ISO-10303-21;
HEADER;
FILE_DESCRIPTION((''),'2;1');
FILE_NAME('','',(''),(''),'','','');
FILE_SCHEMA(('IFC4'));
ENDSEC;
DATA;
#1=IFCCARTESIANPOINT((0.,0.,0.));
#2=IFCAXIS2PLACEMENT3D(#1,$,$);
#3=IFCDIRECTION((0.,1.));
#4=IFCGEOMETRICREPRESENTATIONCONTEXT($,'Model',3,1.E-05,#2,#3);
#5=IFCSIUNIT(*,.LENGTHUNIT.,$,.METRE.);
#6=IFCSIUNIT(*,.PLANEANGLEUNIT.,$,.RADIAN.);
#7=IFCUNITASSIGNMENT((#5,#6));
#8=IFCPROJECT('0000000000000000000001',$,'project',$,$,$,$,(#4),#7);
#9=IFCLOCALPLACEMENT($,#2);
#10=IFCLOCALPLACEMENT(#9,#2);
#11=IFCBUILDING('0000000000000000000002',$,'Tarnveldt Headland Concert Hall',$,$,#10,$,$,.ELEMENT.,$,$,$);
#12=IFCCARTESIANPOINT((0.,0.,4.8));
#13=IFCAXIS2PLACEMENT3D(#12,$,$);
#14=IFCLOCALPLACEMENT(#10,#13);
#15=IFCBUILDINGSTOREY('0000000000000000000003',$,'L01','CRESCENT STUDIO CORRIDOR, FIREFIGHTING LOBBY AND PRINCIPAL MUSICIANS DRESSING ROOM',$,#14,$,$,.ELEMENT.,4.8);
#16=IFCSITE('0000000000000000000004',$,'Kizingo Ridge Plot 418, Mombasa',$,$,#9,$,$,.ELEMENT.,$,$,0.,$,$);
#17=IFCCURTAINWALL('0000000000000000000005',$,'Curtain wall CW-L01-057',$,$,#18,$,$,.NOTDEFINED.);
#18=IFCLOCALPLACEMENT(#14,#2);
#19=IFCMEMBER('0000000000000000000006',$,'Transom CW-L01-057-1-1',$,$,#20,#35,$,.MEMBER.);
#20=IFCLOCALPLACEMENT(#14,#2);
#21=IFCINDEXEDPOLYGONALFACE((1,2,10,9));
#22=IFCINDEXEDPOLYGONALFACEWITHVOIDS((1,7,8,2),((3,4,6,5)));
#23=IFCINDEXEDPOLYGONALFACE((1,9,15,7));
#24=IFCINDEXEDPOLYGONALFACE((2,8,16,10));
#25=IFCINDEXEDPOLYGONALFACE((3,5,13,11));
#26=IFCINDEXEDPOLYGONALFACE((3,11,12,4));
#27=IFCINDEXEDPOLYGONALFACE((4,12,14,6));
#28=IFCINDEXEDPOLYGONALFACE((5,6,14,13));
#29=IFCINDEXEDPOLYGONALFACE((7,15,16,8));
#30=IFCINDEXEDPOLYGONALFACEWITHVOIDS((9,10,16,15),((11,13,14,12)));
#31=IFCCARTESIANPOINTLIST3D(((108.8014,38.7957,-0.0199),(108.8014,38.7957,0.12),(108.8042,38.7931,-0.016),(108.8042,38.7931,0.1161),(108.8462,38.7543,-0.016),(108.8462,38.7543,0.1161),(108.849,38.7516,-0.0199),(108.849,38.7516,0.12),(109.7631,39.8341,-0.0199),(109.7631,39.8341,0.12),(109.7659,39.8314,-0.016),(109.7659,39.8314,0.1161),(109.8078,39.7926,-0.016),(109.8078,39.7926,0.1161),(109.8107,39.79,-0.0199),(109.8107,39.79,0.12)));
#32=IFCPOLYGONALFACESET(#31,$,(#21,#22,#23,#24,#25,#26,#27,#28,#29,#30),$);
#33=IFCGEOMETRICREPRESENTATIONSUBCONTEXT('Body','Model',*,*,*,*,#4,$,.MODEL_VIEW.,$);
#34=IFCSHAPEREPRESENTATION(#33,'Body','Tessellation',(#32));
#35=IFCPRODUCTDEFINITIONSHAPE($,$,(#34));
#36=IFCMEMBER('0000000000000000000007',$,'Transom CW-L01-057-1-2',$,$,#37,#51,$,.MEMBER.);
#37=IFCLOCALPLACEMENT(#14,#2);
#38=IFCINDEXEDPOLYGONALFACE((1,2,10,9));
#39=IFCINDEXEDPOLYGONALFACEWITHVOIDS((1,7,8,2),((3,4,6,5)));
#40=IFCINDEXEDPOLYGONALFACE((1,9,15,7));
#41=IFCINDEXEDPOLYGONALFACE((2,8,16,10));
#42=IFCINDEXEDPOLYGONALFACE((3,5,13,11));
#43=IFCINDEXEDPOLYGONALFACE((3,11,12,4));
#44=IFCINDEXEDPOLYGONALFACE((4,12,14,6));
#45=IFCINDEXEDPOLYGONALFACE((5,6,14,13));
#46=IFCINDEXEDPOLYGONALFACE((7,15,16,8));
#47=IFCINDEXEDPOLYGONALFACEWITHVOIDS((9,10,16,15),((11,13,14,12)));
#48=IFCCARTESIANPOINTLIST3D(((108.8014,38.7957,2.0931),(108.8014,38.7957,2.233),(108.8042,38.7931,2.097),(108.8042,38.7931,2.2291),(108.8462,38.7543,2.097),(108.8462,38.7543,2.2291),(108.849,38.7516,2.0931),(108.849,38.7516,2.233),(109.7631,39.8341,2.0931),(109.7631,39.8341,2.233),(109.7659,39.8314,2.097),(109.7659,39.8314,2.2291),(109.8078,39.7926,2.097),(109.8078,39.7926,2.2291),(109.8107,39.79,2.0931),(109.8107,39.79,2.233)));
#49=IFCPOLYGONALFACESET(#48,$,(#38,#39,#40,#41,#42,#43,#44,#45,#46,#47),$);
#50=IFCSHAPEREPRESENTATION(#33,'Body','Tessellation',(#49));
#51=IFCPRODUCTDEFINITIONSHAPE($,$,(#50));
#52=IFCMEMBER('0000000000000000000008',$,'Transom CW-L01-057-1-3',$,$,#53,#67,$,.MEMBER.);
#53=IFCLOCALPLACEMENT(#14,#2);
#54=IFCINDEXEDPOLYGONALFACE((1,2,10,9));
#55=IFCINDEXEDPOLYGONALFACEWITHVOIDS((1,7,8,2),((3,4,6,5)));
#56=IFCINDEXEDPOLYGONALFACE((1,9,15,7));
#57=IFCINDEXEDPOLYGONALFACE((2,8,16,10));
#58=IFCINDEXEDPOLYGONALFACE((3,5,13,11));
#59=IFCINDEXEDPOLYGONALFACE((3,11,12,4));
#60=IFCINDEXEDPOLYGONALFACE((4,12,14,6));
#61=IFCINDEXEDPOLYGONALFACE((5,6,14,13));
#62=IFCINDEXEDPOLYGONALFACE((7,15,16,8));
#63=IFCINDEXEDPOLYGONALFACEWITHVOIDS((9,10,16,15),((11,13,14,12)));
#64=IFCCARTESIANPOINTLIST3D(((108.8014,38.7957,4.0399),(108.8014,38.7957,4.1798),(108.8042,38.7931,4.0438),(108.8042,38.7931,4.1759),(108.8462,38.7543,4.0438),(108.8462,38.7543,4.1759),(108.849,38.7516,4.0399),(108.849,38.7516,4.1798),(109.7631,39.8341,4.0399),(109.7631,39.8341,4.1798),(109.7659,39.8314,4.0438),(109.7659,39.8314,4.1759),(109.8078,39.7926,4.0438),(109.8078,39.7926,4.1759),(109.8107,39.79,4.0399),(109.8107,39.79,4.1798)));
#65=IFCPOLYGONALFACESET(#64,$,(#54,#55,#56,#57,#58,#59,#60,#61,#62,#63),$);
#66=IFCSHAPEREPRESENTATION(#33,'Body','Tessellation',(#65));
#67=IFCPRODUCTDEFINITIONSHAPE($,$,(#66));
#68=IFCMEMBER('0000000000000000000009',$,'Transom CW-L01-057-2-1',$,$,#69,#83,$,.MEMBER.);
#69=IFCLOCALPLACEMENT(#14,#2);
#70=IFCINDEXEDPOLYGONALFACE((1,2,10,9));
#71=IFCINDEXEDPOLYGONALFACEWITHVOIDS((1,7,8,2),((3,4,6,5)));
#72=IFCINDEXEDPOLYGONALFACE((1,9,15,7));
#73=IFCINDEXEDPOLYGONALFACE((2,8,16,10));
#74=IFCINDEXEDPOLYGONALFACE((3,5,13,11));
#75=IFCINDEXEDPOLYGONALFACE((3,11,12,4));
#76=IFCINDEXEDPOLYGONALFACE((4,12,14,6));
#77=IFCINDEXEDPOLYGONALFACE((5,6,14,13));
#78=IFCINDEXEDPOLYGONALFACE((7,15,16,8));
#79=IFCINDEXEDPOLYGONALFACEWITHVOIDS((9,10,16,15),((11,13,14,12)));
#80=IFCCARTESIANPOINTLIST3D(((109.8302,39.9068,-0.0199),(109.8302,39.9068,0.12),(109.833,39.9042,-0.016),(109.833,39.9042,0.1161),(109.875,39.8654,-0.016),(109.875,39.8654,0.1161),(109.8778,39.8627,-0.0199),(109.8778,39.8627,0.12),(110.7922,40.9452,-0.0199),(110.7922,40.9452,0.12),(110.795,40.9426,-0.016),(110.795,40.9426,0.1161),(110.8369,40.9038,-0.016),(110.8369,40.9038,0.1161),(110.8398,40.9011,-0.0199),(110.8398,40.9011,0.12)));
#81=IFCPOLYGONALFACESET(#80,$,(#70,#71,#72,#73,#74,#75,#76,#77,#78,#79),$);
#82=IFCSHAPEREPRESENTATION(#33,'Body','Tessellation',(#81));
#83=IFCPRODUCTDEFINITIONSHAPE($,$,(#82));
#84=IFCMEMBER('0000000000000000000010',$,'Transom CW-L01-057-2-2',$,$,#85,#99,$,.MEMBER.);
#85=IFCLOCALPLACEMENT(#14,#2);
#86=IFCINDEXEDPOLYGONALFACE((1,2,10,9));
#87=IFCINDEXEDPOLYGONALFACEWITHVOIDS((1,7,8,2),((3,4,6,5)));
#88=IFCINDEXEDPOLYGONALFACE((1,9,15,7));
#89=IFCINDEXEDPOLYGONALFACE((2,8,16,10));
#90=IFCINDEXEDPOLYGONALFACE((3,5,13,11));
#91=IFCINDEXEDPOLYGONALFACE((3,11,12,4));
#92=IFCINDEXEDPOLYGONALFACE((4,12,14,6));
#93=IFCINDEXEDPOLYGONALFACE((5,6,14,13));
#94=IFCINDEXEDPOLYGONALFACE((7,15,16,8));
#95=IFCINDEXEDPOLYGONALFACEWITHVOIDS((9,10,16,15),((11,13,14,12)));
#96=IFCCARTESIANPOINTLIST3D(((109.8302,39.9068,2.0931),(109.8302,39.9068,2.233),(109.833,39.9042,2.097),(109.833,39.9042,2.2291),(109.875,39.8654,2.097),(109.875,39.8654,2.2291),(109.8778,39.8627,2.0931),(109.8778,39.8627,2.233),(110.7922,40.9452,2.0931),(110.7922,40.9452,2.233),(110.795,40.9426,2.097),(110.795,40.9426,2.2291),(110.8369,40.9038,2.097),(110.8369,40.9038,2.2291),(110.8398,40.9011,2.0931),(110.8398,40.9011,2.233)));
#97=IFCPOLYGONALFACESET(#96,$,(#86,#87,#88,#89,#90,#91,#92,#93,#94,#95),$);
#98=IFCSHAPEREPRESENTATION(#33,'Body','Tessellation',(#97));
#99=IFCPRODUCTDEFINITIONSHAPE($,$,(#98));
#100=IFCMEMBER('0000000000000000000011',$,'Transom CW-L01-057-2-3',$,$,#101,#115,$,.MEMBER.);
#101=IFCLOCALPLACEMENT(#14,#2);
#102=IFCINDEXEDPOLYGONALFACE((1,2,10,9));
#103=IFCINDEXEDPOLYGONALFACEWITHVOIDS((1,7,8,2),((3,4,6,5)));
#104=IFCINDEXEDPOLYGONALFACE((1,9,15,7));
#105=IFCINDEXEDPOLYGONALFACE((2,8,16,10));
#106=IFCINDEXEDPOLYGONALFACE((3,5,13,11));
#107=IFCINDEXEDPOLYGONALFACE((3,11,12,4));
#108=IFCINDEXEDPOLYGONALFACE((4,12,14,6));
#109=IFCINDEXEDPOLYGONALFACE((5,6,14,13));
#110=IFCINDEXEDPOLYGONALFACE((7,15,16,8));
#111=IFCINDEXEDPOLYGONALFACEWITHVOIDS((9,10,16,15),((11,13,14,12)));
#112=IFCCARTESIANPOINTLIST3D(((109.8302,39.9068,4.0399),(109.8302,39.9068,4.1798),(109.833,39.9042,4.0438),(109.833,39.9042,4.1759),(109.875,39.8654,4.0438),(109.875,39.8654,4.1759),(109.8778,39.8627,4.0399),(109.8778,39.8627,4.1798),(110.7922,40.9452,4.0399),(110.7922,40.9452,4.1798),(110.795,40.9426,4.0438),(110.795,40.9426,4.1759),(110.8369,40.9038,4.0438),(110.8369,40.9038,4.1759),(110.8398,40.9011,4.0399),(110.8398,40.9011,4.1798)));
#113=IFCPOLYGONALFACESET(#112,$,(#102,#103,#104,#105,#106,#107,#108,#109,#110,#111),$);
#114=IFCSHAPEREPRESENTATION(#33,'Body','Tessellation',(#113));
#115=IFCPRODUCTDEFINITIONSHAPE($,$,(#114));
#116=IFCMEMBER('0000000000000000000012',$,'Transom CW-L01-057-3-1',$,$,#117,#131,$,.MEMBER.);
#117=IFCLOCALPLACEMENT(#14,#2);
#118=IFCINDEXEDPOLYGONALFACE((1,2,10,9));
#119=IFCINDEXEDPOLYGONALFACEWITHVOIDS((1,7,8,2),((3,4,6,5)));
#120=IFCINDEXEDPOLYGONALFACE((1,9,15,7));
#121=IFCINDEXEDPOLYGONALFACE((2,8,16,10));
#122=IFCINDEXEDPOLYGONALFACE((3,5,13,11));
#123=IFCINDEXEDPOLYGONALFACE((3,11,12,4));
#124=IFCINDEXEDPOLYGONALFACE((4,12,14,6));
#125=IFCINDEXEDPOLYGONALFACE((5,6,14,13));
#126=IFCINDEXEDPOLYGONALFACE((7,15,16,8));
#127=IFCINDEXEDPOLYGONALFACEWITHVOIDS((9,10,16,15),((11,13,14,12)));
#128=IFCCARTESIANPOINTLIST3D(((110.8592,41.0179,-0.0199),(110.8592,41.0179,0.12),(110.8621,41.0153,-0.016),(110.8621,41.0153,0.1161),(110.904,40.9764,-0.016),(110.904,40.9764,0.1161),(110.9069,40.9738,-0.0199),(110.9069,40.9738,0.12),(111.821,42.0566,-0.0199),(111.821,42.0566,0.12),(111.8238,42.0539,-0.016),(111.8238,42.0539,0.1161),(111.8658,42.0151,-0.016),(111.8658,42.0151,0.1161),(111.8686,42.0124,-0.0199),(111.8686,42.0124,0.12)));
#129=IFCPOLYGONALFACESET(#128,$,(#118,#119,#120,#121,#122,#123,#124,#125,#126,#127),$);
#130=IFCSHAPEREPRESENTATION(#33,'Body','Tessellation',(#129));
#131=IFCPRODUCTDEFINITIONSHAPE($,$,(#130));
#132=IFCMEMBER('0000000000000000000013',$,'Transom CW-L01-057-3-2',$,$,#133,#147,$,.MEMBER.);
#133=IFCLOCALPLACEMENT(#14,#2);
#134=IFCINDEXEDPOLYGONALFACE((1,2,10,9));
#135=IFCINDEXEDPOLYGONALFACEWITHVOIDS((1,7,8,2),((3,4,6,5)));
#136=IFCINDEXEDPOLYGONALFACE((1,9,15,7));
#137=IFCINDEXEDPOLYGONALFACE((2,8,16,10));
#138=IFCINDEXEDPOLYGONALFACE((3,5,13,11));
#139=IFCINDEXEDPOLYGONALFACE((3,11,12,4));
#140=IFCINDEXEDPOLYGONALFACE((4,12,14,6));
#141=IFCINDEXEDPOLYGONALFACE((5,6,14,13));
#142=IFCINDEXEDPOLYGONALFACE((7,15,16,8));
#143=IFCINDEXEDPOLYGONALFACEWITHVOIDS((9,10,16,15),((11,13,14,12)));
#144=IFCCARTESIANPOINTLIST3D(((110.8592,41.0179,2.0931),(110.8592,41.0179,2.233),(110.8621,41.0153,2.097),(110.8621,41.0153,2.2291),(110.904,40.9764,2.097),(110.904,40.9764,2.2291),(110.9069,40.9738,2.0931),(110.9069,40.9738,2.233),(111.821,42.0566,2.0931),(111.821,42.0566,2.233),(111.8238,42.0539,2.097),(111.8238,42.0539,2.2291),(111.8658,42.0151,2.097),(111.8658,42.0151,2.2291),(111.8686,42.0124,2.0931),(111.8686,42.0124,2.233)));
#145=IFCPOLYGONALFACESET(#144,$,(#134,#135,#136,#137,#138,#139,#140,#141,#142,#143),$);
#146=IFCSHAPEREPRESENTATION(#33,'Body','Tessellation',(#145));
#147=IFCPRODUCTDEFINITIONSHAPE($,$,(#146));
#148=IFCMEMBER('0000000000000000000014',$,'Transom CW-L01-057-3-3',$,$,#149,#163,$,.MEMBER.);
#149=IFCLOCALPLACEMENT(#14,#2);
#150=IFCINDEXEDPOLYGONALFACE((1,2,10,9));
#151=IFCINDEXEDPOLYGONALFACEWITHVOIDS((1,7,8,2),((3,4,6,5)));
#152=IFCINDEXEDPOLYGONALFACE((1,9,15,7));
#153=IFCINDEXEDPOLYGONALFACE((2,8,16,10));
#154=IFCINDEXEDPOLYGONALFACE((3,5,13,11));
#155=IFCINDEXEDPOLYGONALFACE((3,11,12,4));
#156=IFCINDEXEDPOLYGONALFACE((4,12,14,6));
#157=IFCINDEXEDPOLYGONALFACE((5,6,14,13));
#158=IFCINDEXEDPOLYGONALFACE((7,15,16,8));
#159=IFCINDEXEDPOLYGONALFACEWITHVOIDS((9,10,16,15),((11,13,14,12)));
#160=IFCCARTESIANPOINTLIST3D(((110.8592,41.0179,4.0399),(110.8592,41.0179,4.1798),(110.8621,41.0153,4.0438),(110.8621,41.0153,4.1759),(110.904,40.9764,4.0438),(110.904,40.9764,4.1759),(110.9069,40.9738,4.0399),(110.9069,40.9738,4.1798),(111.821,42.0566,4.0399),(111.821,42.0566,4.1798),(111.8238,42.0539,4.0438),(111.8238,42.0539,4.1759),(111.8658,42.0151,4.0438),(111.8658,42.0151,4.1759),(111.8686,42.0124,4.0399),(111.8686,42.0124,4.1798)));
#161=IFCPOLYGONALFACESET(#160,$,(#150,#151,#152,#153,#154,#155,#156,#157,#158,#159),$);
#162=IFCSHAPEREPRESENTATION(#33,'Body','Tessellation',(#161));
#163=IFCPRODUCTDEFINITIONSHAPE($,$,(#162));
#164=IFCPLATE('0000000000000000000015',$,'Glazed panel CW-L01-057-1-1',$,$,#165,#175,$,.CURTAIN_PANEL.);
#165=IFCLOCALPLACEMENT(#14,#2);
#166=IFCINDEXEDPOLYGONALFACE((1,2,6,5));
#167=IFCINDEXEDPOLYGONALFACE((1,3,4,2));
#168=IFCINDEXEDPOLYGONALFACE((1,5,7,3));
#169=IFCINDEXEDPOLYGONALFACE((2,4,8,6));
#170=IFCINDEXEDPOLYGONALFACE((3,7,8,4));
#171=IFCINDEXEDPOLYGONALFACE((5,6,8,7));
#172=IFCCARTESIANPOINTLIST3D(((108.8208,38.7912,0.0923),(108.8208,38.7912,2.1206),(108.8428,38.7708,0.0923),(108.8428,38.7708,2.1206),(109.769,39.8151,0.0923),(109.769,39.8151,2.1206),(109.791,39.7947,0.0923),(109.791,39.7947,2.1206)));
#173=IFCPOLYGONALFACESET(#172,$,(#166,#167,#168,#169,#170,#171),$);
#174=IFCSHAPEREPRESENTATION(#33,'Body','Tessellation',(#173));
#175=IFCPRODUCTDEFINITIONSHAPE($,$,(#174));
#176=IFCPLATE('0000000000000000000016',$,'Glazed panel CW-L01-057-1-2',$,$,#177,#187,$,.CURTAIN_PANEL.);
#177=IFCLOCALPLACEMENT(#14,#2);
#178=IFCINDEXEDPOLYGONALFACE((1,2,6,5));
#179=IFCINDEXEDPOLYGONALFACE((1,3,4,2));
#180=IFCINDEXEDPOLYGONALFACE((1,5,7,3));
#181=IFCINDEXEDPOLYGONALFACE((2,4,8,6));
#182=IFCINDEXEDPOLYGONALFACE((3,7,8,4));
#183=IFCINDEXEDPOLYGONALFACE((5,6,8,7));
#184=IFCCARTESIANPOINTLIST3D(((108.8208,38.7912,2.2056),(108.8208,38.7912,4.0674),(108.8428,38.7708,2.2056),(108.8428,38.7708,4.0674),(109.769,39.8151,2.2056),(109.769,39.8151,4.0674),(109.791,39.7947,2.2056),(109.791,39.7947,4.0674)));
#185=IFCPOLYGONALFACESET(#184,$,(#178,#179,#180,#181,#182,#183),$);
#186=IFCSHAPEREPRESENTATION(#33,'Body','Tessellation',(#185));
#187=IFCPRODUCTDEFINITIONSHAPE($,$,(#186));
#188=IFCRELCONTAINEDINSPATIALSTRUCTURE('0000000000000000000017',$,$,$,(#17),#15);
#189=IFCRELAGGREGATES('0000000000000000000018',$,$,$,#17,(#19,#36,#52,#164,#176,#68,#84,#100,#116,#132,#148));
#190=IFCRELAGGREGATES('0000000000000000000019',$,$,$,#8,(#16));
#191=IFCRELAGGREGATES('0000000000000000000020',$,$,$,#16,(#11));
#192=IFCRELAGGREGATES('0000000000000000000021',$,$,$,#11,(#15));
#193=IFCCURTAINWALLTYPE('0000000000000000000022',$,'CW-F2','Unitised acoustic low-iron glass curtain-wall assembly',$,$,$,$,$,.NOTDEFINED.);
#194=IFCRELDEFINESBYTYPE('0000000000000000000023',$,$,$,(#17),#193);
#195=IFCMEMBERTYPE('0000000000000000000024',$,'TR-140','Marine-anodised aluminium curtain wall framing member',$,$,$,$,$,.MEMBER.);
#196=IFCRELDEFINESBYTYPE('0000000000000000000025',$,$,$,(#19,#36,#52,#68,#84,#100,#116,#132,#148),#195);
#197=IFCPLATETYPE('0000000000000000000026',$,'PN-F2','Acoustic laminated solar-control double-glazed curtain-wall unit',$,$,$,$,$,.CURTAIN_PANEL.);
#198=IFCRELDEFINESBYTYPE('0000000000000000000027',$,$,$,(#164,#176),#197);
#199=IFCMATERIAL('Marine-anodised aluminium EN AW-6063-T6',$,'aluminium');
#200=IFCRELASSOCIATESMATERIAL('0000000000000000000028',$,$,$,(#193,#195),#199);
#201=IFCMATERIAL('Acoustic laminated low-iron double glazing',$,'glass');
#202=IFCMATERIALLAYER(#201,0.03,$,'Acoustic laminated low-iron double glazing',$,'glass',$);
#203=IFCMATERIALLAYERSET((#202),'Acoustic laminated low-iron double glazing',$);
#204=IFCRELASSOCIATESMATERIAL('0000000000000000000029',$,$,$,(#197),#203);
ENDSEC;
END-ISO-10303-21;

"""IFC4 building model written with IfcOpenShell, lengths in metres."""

from ifc_helpers import new_model, si_unit, direction, frame, origin, origin_2d, place, context, subcontext, project, spatial, rectangle, hollow_rectangle, extrude, material, layer, layer_set, material_profile, profile_set, type_object, element, aggregate, save


model = new_model("IFC4")

# Units and contexts
model_context = context("Model", 3, precision=1e-05, world=origin(), true_north=direction((0.0, 1.0)))
body_context = subcontext(model_context, "Body", "Model", "MODEL_VIEW")
ifc_project = project(units=[si_unit("LENGTHUNIT", "METRE"), si_unit("PLANEANGLEUNIT", "RADIAN")], contexts=[model_context])

# Site, building, storey
site_placement = place(None, origin())
site = spatial("IfcSite", under=ifc_project, at=site_placement, Name="Kizingo Ridge Plot 418, Mombasa", CompositionType="ELEMENT", RefElevation=0.0)
building_placement = place(site_placement, origin())
building = spatial("IfcBuilding", under=site, at=building_placement, Name="Tarnveldt Headland Concert Hall", CompositionType="ELEMENT")
storey_placement = place(building_placement, frame((0.0, 0.0, 4.8)))
storey = spatial("IfcBuildingStorey", under=building, at=storey_placement, Name="L01", Description="CRESCENT STUDIO CORRIDOR, FIREFIGHTING LOBBY AND PRINCIPAL MUSICIANS DRESSING ROOM", CompositionType="ELEMENT", Elevation=4.8)

# Curtain wall
ifc_material_1 = material(Name="Marine-anodised aluminium EN AW-6063-T6", Category="aluminium")
curtain_wall_type = type_object("IfcCurtainWallType", Name="CW-F2", Description="Unitised acoustic low-iron glass curtain-wall assembly", PredefinedType="NOTDEFINED", material=ifc_material_1)
curtain_wall_placement = place(storey_placement, origin())
curtain_wall = element("IfcCurtainWall", 1, at=curtain_wall_placement, inside=storey, type_object=curtain_wall_type, Name="Curtain wall CW-L01-057", PredefinedType="NOTDEFINED")

# Members
ifc_material_profile_1 = material_profile(ifc_material_1, hollow_rectangle(XDim=0.0649, YDim=0.1399, WallThickness=0.0039, at=origin_2d()), Name="ALU TRANSOM 65x140x4", Category="aluminium")
ifc_profile_set_1 = profile_set([ifc_material_profile_1], Name="Marine-anodised aluminium EN AW-6063-T6")
member_type_1 = type_object("IfcMemberType", Name="TR-140", Description="Marine-anodised aluminium curtain wall framing member", PredefinedType="MEMBER", material=ifc_profile_set_1)
member_1_placement = place(storey_placement, frame((108.8252, 38.7737, 0.05), z_axis=(0.679504, 0.733671, 0.0), x_axis=(-0.733671, 0.679504, 0.0)))
member_1 = element("IfcMember", 2, at=member_1_placement, type_object=member_type_1, Name="Transom CW-L01-057-1-1", PredefinedType="MEMBER", context=body_context, shape_type="SweptSolid", body=[
    extrude(hollow_rectangle(XDim=0.0649, YDim=0.1399, WallThickness=0.0039, at=origin_2d()), origin(), (0.0, 0.0, 1.0), 1.4153),
])
member_2_placement = place(storey_placement, frame((108.8252, 38.7737, 2.1631), z_axis=(0.679504, 0.733671, 0.0), x_axis=(-0.733671, 0.679504, 0.0)))
member_2 = element("IfcMember", 3, at=member_2_placement, type_object=member_type_1, Name="Transom CW-L01-057-1-2", PredefinedType="MEMBER", context=body_context, shape_type="SweptSolid", body=[
    extrude(hollow_rectangle(XDim=0.0649, YDim=0.1399, WallThickness=0.0039, at=origin_2d()), origin(), (0.0, 0.0, 1.0), 1.4153),
])
member_3_placement = place(storey_placement, frame((108.8252, 38.7737, 4.1099), z_axis=(0.679504, 0.733671, 0.0), x_axis=(-0.733671, 0.679504, 0.0)))
member_3 = element("IfcMember", 4, at=member_3_placement, type_object=member_type_1, Name="Transom CW-L01-057-1-3", PredefinedType="MEMBER", context=body_context, shape_type="SweptSolid", body=[
    extrude(hollow_rectangle(XDim=0.0649, YDim=0.1399, WallThickness=0.0039, at=origin_2d()), origin(), (0.0, 0.0, 1.0), 1.4153),
])
member_4_placement = place(storey_placement, frame((109.854, 39.8848, 0.05), z_axis=(0.679597, 0.733585, 0.0), x_axis=(-0.733585, 0.679597, 0.0)))
member_4 = element("IfcMember", 5, at=member_4_placement, type_object=member_type_1, Name="Transom CW-L01-057-2-1", PredefinedType="MEMBER", context=body_context, shape_type="SweptSolid", body=[
    extrude(hollow_rectangle(XDim=0.0649, YDim=0.1399, WallThickness=0.0039, at=origin_2d()), origin(), (0.0, 0.0, 1.0), 1.4155),
])
member_5_placement = place(storey_placement, frame((109.854, 39.8848, 2.1631), z_axis=(0.679597, 0.733585, 0.0), x_axis=(-0.733585, 0.679597, 0.0)))
member_5 = element("IfcMember", 6, at=member_5_placement, type_object=member_type_1, Name="Transom CW-L01-057-2-2", PredefinedType="MEMBER", context=body_context, shape_type="SweptSolid", body=[
    extrude(hollow_rectangle(XDim=0.0649, YDim=0.1399, WallThickness=0.0039, at=origin_2d()), origin(), (0.0, 0.0, 1.0), 1.4155),
])
member_6_placement = place(storey_placement, frame((109.854, 39.8848, 4.1099), z_axis=(0.679597, 0.733585, 0.0), x_axis=(-0.733585, 0.679597, 0.0)))
member_6 = element("IfcMember", 7, at=member_6_placement, type_object=member_type_1, Name="Transom CW-L01-057-2-3", PredefinedType="MEMBER", context=body_context, shape_type="SweptSolid", body=[
    extrude(hollow_rectangle(XDim=0.0649, YDim=0.1399, WallThickness=0.0039, at=origin_2d()), origin(), (0.0, 0.0, 1.0), 1.4155),
])
member_7_placement = place(storey_placement, frame((110.8831, 40.9958, 0.05), z_axis=(0.679418, 0.733751, 0.0), x_axis=(-0.733751, 0.679418, 0.0)))
member_7 = element("IfcMember", 8, at=member_7_placement, type_object=member_type_1, Name="Transom CW-L01-057-3-1", PredefinedType="MEMBER", context=body_context, shape_type="SweptSolid", body=[
    extrude(hollow_rectangle(XDim=0.0649, YDim=0.1399, WallThickness=0.0039, at=origin_2d()), origin(), (0.0, 0.0, 1.0), 1.4155),
])
member_8_placement = place(storey_placement, frame((110.8831, 40.9958, 2.1631), z_axis=(0.679418, 0.733751, 0.0), x_axis=(-0.733751, 0.679418, 0.0)))
member_8 = element("IfcMember", 9, at=member_8_placement, type_object=member_type_1, Name="Transom CW-L01-057-3-2", PredefinedType="MEMBER", context=body_context, shape_type="SweptSolid", body=[
    extrude(hollow_rectangle(XDim=0.0649, YDim=0.1399, WallThickness=0.0039, at=origin_2d()), origin(), (0.0, 0.0, 1.0), 1.4155),
])
member_9_placement = place(storey_placement, frame((110.8831, 40.9958, 4.1099), z_axis=(0.679418, 0.733751, 0.0), x_axis=(-0.733751, 0.679418, 0.0)))
member_9 = element("IfcMember", 10, at=member_9_placement, type_object=member_type_1, Name="Transom CW-L01-057-3-3", PredefinedType="MEMBER", context=body_context, shape_type="SweptSolid", body=[
    extrude(hollow_rectangle(XDim=0.0649, YDim=0.1399, WallThickness=0.0039, at=origin_2d()), origin(), (0.0, 0.0, 1.0), 1.4155),
])

# Plates
ifc_material_2 = material(Name="Acoustic laminated low-iron double glazing", Category="glass")
ifc_layer_1 = layer(ifc_material_2, 0.03, Name="Acoustic laminated low-iron double glazing", Category="glass")
ifc_layer_set_1 = layer_set([ifc_layer_1], Name="Acoustic laminated low-iron double glazing")
plate_type = type_object("IfcPlateType", Name="PN-F2", Description="Acoustic laminated solar-control double-glazed curtain-wall unit", PredefinedType="CURTAIN_PANEL", material=ifc_layer_set_1)
plate_1_placement = place(storey_placement, frame((109.3059, 39.293, 0.0923), z_axis=(0.0, 0.0, 1.0), x_axis=(0.679454, 0.733718, 0.0)))
plate_1 = element("IfcPlate", 11, at=plate_1_placement, type_object=plate_type, Name="Glazed panel CW-L01-057-1-1", PredefinedType="CURTAIN_PANEL", context=body_context, shape_type="SweptSolid", body=[
    extrude(rectangle(XDim=1.3955, YDim=0.03, at=origin_2d()), origin(), (0.0, 0.0, 1.0), 2.0283),
])
plate_2_placement = place(storey_placement, frame((109.3059, 39.293, 2.2056), z_axis=(0.0, 0.0, 1.0), x_axis=(0.679454, 0.733718, 0.0)))
plate_2 = element("IfcPlate", 12, at=plate_2_placement, type_object=plate_type, Name="Glazed panel CW-L01-057-1-2", PredefinedType="CURTAIN_PANEL", context=body_context, shape_type="SweptSolid", body=[
    extrude(rectangle(XDim=1.3955, YDim=0.03, at=origin_2d()), origin(), (0.0, 0.0, 1.0), 1.8618),
])
aggregate(curtain_wall, [member_1, member_2, member_3, plate_1, plate_2, member_4, member_5, member_6, member_7, member_8, member_9])

save(model, "model.ifc")
